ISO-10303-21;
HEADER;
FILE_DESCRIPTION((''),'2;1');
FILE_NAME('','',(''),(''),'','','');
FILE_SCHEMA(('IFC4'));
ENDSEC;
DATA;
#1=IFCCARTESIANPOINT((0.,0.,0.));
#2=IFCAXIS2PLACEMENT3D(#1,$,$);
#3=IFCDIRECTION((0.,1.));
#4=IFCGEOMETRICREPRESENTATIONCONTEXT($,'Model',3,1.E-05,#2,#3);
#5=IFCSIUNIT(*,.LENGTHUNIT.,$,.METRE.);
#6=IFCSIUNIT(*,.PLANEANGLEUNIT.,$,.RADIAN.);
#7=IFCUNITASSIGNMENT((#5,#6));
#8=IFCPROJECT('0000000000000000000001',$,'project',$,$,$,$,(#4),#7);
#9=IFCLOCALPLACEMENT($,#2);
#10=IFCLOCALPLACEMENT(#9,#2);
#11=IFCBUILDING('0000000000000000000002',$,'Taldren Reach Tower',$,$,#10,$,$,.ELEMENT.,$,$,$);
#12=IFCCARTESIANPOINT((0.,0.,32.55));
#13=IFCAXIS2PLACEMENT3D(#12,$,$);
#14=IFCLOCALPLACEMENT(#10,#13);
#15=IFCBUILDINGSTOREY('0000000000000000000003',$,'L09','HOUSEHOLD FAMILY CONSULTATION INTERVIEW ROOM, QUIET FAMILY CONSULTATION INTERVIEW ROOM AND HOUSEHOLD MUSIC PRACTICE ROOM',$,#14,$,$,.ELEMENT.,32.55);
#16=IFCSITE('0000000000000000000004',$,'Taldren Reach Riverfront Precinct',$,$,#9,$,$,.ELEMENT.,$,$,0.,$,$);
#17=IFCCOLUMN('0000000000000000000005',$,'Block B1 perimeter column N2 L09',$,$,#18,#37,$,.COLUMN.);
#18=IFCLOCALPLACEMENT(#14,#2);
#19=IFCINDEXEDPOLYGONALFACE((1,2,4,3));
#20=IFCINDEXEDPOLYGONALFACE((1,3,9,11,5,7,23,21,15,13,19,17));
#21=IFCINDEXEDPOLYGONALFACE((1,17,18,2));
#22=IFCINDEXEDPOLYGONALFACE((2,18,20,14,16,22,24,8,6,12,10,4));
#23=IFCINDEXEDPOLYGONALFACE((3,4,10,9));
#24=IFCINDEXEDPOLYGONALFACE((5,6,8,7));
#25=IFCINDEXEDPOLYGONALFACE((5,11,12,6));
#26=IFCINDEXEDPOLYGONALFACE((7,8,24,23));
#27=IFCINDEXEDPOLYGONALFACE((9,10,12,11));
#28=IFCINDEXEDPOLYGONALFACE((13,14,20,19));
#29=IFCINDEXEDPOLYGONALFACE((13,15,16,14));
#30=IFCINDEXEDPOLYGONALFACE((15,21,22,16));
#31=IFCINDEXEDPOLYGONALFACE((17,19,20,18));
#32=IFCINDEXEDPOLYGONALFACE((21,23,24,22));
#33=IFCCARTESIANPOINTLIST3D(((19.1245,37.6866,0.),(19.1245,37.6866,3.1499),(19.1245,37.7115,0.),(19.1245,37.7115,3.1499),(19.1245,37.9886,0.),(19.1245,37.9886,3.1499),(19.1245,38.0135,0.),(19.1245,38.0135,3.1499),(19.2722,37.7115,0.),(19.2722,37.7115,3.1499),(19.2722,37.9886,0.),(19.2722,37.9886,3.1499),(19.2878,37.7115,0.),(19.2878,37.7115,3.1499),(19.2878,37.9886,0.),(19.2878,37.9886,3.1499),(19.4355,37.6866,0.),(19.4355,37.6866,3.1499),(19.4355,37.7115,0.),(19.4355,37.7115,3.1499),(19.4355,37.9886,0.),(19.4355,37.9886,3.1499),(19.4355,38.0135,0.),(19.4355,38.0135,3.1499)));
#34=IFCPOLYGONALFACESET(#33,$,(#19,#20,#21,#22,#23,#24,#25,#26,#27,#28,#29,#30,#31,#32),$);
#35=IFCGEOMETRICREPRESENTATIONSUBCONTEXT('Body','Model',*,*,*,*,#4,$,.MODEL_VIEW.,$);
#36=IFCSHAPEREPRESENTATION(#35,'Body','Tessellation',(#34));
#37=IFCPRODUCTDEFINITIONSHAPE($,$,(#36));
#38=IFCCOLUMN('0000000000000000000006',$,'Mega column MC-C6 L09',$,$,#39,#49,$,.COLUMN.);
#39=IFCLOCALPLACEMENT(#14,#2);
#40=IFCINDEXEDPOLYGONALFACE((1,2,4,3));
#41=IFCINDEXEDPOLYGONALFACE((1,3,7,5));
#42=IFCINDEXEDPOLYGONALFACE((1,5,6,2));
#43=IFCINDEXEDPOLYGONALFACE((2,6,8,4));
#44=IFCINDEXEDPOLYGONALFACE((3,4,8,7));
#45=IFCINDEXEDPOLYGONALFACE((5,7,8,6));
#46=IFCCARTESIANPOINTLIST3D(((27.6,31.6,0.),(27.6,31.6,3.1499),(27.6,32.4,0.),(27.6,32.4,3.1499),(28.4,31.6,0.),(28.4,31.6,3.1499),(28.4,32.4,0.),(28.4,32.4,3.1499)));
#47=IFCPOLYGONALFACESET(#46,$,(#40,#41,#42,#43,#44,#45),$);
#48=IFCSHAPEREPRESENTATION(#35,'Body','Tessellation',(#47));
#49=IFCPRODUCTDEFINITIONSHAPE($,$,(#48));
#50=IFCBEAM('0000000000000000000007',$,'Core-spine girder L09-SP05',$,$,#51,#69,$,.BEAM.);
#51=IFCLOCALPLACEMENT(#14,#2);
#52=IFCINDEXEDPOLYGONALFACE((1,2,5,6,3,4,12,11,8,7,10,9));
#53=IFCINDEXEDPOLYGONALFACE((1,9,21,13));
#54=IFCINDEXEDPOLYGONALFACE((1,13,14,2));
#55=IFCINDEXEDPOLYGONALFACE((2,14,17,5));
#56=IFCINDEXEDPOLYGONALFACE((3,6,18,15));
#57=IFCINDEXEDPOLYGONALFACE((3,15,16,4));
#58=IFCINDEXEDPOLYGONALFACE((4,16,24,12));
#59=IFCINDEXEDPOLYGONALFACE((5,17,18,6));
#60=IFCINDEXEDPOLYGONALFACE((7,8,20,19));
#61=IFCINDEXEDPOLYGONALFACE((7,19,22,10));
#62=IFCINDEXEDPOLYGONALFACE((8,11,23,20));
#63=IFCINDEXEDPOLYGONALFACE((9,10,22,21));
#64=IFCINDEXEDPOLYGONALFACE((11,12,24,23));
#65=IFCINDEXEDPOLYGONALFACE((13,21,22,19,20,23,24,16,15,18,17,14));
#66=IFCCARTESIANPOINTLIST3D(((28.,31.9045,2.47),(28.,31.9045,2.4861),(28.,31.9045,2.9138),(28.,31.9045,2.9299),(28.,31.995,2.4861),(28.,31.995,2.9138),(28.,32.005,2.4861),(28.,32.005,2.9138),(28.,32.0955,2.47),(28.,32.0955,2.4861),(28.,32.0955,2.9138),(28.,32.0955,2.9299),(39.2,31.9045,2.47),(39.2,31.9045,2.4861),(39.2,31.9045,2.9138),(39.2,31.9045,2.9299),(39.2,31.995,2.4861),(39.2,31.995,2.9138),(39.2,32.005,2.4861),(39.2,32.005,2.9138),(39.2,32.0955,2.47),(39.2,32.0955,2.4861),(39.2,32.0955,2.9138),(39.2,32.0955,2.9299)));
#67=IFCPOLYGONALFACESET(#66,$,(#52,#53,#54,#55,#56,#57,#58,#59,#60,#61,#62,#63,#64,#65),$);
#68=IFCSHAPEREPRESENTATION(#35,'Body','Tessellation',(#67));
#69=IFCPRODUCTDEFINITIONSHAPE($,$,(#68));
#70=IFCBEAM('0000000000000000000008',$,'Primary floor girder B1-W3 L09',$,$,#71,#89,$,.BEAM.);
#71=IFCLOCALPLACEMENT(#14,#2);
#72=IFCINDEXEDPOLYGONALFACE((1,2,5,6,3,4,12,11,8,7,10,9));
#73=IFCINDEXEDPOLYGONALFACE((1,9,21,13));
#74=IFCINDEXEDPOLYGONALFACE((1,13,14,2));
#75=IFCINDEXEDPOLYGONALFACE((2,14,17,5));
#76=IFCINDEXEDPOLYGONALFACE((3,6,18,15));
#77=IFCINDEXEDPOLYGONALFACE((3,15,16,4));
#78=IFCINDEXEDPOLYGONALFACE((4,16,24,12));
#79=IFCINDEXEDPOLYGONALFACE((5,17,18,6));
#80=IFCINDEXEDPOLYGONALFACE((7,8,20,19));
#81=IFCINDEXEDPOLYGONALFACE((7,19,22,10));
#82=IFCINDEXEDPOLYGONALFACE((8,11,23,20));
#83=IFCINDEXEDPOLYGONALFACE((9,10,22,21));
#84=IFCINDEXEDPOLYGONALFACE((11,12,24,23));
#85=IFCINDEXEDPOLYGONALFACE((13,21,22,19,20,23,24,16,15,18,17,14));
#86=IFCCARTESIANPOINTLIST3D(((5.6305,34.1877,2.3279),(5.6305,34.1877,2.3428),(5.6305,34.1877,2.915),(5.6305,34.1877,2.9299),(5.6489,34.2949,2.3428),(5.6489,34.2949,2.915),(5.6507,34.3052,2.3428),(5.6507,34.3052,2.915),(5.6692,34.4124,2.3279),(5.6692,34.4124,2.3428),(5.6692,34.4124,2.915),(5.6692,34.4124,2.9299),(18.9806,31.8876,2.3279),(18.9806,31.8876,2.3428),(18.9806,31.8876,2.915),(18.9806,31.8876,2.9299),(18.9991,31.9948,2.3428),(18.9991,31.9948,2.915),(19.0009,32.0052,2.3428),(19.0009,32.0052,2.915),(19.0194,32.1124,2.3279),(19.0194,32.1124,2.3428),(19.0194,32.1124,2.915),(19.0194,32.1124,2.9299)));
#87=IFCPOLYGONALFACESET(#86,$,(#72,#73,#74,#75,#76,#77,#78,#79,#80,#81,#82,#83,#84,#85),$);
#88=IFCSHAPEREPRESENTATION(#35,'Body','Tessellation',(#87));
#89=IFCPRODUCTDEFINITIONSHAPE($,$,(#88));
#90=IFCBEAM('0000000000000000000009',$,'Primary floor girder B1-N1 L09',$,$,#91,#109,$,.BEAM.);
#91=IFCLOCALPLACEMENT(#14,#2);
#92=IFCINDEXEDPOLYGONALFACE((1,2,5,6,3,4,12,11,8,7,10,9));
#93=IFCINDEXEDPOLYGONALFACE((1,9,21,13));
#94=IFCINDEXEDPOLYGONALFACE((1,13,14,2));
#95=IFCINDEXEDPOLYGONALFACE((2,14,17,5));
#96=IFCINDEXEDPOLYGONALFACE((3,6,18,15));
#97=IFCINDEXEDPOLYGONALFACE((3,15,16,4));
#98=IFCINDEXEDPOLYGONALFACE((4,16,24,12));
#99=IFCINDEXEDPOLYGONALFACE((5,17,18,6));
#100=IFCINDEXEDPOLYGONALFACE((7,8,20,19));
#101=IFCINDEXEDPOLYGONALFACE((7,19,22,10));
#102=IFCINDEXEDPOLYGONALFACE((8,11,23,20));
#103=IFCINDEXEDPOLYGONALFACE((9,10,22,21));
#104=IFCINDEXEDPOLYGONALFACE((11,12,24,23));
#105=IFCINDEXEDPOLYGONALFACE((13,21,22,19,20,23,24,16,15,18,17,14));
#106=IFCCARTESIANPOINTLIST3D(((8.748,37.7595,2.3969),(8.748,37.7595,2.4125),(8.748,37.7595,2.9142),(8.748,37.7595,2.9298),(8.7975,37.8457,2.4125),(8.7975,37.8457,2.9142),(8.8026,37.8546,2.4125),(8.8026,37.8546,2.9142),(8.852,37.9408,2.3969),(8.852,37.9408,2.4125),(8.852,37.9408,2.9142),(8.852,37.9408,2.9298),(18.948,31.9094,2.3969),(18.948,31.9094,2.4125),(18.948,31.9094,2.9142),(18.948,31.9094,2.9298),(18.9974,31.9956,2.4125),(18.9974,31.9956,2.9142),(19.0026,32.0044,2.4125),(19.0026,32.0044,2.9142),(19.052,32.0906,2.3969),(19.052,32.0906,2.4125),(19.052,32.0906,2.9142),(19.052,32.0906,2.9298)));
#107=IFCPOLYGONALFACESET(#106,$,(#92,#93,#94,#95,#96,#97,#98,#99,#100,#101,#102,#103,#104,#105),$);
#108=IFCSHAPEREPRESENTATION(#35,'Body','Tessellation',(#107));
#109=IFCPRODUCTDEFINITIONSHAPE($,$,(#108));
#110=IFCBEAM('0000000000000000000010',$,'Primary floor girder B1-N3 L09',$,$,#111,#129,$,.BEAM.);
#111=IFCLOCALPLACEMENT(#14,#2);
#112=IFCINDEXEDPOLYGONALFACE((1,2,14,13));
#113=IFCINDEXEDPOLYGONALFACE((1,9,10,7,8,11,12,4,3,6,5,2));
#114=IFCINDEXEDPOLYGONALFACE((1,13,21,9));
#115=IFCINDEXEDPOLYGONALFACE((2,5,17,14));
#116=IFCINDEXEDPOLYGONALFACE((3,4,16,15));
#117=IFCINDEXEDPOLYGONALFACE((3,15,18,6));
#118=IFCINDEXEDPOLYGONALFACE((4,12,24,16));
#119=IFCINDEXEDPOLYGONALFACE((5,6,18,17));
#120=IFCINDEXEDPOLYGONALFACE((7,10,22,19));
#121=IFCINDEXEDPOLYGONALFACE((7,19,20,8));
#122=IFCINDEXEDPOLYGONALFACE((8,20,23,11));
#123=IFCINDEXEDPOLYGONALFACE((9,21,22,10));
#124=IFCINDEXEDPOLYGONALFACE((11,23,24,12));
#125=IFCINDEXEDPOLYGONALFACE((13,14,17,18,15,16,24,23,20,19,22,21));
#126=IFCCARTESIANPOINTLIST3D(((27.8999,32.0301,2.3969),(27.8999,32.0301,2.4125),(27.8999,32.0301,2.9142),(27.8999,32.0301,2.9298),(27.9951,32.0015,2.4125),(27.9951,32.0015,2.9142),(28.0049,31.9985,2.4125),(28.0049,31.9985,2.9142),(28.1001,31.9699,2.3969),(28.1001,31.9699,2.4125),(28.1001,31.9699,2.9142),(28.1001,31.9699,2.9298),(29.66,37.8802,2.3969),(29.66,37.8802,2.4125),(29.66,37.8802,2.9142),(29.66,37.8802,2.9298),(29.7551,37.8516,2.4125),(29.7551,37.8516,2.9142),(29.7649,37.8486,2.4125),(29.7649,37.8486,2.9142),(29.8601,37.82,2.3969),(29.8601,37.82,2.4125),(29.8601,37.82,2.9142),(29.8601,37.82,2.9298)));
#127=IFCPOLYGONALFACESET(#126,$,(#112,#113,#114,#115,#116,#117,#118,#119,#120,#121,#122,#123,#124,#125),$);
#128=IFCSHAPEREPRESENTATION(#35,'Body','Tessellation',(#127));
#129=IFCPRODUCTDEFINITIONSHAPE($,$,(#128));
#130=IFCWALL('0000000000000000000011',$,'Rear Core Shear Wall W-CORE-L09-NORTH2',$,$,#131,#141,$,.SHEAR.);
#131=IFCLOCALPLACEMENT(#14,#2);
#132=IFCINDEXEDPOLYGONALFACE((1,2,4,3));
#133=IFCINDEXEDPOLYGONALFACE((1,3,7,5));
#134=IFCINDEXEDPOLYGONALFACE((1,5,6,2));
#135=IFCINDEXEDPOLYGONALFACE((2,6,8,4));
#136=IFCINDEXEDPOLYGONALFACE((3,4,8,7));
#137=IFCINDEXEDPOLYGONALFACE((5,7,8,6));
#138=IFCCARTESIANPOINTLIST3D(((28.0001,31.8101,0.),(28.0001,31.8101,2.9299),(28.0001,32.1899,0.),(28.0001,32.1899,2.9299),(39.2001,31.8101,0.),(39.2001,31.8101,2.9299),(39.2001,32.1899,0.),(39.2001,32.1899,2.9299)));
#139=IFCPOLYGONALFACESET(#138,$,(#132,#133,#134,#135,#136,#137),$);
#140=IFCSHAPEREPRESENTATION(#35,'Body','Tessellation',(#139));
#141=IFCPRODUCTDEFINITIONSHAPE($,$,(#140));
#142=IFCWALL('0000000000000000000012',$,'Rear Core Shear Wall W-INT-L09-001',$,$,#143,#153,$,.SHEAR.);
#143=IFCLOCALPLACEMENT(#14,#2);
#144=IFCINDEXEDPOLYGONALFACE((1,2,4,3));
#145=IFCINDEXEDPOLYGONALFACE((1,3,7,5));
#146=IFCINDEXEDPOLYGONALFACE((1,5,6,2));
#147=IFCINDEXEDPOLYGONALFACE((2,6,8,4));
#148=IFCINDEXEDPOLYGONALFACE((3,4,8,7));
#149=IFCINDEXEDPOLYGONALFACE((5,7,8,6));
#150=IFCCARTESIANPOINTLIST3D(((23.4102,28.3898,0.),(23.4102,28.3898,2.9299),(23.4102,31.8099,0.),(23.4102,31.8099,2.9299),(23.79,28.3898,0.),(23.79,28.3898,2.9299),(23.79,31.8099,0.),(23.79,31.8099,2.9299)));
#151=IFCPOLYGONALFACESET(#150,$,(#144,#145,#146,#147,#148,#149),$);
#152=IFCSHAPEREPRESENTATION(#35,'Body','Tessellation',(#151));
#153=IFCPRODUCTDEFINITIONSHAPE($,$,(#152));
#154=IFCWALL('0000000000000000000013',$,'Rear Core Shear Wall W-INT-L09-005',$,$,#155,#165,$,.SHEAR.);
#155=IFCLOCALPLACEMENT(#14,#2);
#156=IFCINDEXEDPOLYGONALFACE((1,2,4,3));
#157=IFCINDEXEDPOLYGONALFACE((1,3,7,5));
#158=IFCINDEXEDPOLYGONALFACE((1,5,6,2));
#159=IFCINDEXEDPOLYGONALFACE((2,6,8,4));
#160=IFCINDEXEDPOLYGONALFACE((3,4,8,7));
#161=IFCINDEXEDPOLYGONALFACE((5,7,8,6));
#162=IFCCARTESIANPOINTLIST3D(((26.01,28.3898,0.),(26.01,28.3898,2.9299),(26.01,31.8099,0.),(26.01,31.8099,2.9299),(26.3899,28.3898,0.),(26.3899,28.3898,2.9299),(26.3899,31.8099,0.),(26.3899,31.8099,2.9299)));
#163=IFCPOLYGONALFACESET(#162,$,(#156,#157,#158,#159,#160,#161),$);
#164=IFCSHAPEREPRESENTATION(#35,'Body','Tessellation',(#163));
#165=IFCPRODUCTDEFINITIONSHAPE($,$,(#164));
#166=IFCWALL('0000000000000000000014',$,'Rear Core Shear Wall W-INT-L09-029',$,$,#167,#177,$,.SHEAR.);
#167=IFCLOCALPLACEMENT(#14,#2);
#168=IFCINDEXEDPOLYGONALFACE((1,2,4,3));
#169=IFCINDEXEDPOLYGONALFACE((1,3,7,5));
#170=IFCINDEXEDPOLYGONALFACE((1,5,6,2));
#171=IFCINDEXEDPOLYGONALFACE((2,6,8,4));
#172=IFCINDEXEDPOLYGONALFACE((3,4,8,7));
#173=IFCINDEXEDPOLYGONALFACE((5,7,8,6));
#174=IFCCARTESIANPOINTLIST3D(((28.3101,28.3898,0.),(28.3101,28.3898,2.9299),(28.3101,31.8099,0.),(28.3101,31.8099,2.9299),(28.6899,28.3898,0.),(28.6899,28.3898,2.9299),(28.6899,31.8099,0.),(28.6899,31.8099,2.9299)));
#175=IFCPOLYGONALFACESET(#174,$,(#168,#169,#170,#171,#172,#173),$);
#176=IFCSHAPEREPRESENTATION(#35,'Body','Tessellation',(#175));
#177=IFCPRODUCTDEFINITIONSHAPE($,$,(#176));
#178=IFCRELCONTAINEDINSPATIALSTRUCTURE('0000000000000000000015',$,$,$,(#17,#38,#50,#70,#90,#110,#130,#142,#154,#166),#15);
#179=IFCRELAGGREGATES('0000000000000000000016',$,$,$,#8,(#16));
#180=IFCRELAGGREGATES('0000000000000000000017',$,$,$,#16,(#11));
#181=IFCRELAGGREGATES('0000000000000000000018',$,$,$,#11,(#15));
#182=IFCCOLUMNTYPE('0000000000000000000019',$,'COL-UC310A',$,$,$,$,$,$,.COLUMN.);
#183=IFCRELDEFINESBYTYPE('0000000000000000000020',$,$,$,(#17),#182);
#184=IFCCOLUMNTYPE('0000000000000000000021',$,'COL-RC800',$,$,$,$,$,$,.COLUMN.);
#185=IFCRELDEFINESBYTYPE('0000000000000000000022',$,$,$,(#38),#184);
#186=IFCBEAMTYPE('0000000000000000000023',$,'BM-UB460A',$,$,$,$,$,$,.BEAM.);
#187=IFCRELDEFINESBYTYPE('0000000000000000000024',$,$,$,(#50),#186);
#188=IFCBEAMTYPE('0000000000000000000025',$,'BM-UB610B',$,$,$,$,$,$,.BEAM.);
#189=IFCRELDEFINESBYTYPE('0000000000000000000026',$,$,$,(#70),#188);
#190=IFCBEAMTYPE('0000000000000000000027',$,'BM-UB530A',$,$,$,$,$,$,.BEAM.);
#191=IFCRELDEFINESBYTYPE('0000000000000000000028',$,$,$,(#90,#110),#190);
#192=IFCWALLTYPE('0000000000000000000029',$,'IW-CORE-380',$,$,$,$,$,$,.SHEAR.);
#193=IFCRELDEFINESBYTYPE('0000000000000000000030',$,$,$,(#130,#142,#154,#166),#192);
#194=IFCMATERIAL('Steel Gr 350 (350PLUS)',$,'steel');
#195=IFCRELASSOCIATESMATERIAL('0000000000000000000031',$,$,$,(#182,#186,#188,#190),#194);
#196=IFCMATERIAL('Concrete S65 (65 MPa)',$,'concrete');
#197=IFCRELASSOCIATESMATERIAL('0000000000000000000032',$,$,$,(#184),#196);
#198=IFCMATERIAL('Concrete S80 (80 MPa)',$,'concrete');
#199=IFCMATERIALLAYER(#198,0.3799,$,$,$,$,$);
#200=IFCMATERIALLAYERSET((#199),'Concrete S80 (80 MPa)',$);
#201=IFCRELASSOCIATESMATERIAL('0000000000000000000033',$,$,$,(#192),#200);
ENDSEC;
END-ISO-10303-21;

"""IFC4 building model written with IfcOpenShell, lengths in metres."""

from ifc_helpers import new_model, si_unit, direction, frame, frame_2d, origin, origin_2d, place, context, subcontext, project, spatial, rectangle, i_section, extrude, source, transform, mapped, material, layer, layer_set, material_profile, profile_set, type_object, element, save


model = new_model("IFC4")

# Units and contexts
model_context = context("Model", 3, precision=1e-05, world=origin(), true_north=direction((0.0, 1.0)))
body_context = subcontext(model_context, "Body", "Model", "MODEL_VIEW")
ifc_project = project(units=[si_unit("LENGTHUNIT", "METRE"), si_unit("PLANEANGLEUNIT", "RADIAN")], contexts=[model_context])

# Site, building, storey
site_placement = place(None, origin())
site = spatial("IfcSite", under=ifc_project, at=site_placement, Name="Taldren Reach Riverfront Precinct", CompositionType="ELEMENT", RefElevation=0.0)
building_placement = place(site_placement, origin())
building = spatial("IfcBuilding", under=site, at=building_placement, Name="Taldren Reach Tower", CompositionType="ELEMENT")
storey_placement = place(building_placement, frame((0.0, 0.0, 32.55)))
storey = spatial("IfcBuildingStorey", under=building, at=storey_placement, Name="L09", Description="HOUSEHOLD FAMILY CONSULTATION INTERVIEW ROOM, QUIET FAMILY CONSULTATION INTERVIEW ROOM AND HOUSEHOLD MUSIC PRACTICE ROOM", CompositionType="ELEMENT", Elevation=32.55)

# Columns
ifc_material_1 = material(Name="Steel Gr 350 (350PLUS)", Category="steel")
ifc_material_profile_1 = material_profile(ifc_material_1, i_section(OverallWidth=0.311, OverallDepth=0.3269, WebThickness=0.0156, FlangeThickness=0.0249, at=origin_2d()), Name="310UC158")
ifc_profile_set_1 = profile_set([ifc_material_profile_1], Name="Steel Gr 350 (350PLUS)")
column_type_1 = type_object("IfcColumnType", Name="COL-UC310A", PredefinedType="COLUMN", material=ifc_profile_set_1)
shared_shape_1 = source(origin(), body_context, "Body", "SweptSolid", [
    extrude(i_section(OverallWidth=0.311, OverallDepth=0.3269, WebThickness=0.0156, FlangeThickness=0.0249, at=origin_2d()), origin(), (0.0, 0.0, 1.0), 3.1499),
])
column_1_placement = place(storey_placement, frame((19.28, 37.8501, 0.0), z_axis=(0.0, 0.0, 1.0), x_axis=(1.0, 0.0, 0.0)))
element("IfcColumn", 1, at=column_1_placement, inside=storey, type_object=column_type_1, Name="Block B1 perimeter column N2 L09", PredefinedType="COLUMN", context=body_context, shape_type="MappedRepresentation", body=[
    mapped(shared_shape_1, transform((0.0, 0.0, 0.0), scale=1.0)),
])
ifc_material_2 = material(Name="Concrete S65 (65 MPa)", Category="concrete")
ifc_material_profile_2 = material_profile(ifc_material_2, rectangle(XDim=0.8, YDim=0.8, at=origin_2d()), Name="RC-800x800")
ifc_profile_set_2 = profile_set([ifc_material_profile_2], Name="Concrete S65 (65 MPa)")
column_type_2 = type_object("IfcColumnType", Name="COL-RC800", PredefinedType="COLUMN", material=ifc_profile_set_2)
shared_shape_2 = source(origin(), body_context, "Body", "SweptSolid", [
    extrude(rectangle(XDim=0.8, YDim=0.8, at=origin_2d()), origin(), (0.0, 0.0, 1.0), 3.1499),
])
column_2_placement = place(storey_placement, frame((28.0, 32.0, 0.0), z_axis=(0.0, 0.0, 1.0), x_axis=(1.0, 0.0, 0.0)))
element("IfcColumn", 2, at=column_2_placement, inside=storey, type_object=column_type_2, Name="Mega column MC-C6 L09", PredefinedType="COLUMN", context=body_context, shape_type="MappedRepresentation", body=[
    mapped(shared_shape_2, transform((0.0, 0.0, 0.0), scale=1.0)),
])

# Beams
ifc_material_profile_3 = material_profile(ifc_material_1, i_section(OverallWidth=0.1909, OverallDepth=0.46, WebThickness=0.01, FlangeThickness=0.0161, at=origin_2d()), Name="460UB82.1")
ifc_profile_set_3 = profile_set([ifc_material_profile_3], Name="Steel Gr 350 (350PLUS)")
beam_type_1 = type_object("IfcBeamType", Name="BM-UB460A", PredefinedType="BEAM", material=ifc_profile_set_3)
shared_shape_3 = source(origin(), body_context, "Body", "SweptSolid", [
    extrude(i_section(OverallWidth=0.1909, OverallDepth=0.46, WebThickness=0.01, FlangeThickness=0.0161, at=origin_2d()), origin(), (0.0, 0.0, 1.0), 11.2),
])
beam_1_placement = place(storey_placement, frame((28.0, 32.0, 2.7), z_axis=(1.0, 0.0, 0.0), x_axis=(0.0, 1.0, 0.0)))
element("IfcBeam", 3, at=beam_1_placement, inside=storey, type_object=beam_type_1, Name="Core-spine girder L09-SP05", PredefinedType="BEAM", context=body_context, shape_type="MappedRepresentation", body=[
    mapped(shared_shape_3, transform((0.0, 0.0, 0.0), scale=1.0)),
])
ifc_material_profile_4 = material_profile(ifc_material_1, i_section(OverallWidth=0.228, OverallDepth=0.6021, WebThickness=0.0105, FlangeThickness=0.0149, at=origin_2d()), Name="610UB101")
ifc_profile_set_4 = profile_set([ifc_material_profile_4], Name="Steel Gr 350 (350PLUS)")
beam_type_2 = type_object("IfcBeamType", Name="BM-UB610B", PredefinedType="BEAM", material=ifc_profile_set_4)
shared_shape_4 = source(origin(), body_context, "Body", "SweptSolid", [
    extrude(i_section(OverallWidth=0.228, OverallDepth=0.6021, WebThickness=0.0105, FlangeThickness=0.0149, at=origin_2d()), origin(), (0.0, 0.0, 1.0), 13.5469),
])
beam_2_placement = place(storey_placement, frame((19.0, 32.0, 2.6289), z_axis=(-0.985481, 0.169786, 0.0), x_axis=(-0.169786, -0.985481, 0.0)))
element("IfcBeam", 4, at=beam_2_placement, inside=storey, type_object=beam_type_2, Name="Primary floor girder B1-W3 L09", PredefinedType="BEAM", context=body_context, shape_type="MappedRepresentation", body=[
    mapped(shared_shape_4, transform((0.0, 0.0, 0.0), scale=1.0)),
])
ifc_material_profile_5 = material_profile(ifc_material_1, i_section(OverallWidth=0.209, OverallDepth=0.533, WebThickness=0.0103, FlangeThickness=0.0156, at=origin_2d()), Name="530UB92.4")
ifc_profile_set_5 = profile_set([ifc_material_profile_5], Name="Steel Gr 350 (350PLUS)")
beam_type_3 = type_object("IfcBeamType", Name="BM-UB530A", PredefinedType="BEAM", material=ifc_profile_set_5)
shared_shape_5 = source(origin(), body_context, "Body", "SweptSolid", [
    extrude(i_section(OverallWidth=0.209, OverallDepth=0.533, WebThickness=0.0103, FlangeThickness=0.0156, at=origin_2d()), origin(), (0.0, 0.0, 1.0), 11.7585),
])
beam_3_placement = place(storey_placement, frame((19.0, 32.0, 2.6633), z_axis=(-0.867452, 0.49752, 0.0), x_axis=(-0.49752, -0.867452, 0.0)))
element("IfcBeam", 5, at=beam_3_placement, inside=storey, type_object=beam_type_3, Name="Primary floor girder B1-N1 L09", PredefinedType="BEAM", context=body_context, shape_type="MappedRepresentation", body=[
    mapped(shared_shape_5, transform((0.0, 0.0, 0.0), scale=1.0)),
])
shared_shape_6 = source(origin(), body_context, "Body", "SweptSolid", [
    extrude(i_section(OverallWidth=0.209, OverallDepth=0.533, WebThickness=0.0103, FlangeThickness=0.0156, at=origin_2d()), origin(), (0.0, 0.0, 1.0), 6.1091),
])
beam_4_placement = place(storey_placement, frame((28.0, 32.0, 2.6633), z_axis=(0.288096, 0.957602, 0.0), x_axis=(-0.957602, 0.288096, 0.0)))
element("IfcBeam", 6, at=beam_4_placement, inside=storey, type_object=beam_type_3, Name="Primary floor girder B1-N3 L09", PredefinedType="BEAM", context=body_context, shape_type="MappedRepresentation", body=[
    mapped(shared_shape_6, transform((0.0, 0.0, 0.0), scale=1.0)),
])

# Walls
ifc_material_3 = material(Name="Concrete S80 (80 MPa)", Category="concrete")
ifc_layer_1 = layer(ifc_material_3, 0.3799)
ifc_layer_set_1 = layer_set([ifc_layer_1], Name="Concrete S80 (80 MPa)")
wall_type = type_object("IfcWallType", Name="IW-CORE-380", PredefinedType="SHEAR", material=ifc_layer_set_1)
shared_shape_7 = source(origin(), body_context, "Body", "SweptSolid", [
    extrude(rectangle(XDim=11.2, YDim=0.3799, at=frame_2d((5.6001, 0.0))), origin(), (0.0, 0.0, 1.0), 2.9299),
])
wall_1_placement = place(storey_placement, frame((28.0, 32.0, 0.0), z_axis=(0.0, 0.0, 1.0), x_axis=(1.0, 0.0, 0.0)))
element("IfcWall", 7, at=wall_1_placement, inside=storey, type_object=wall_type, Name="Rear Core Shear Wall W-CORE-L09-NORTH2", PredefinedType="SHEAR", context=body_context, shape_type="MappedRepresentation", body=[
    mapped(shared_shape_7, transform((0.0, 0.0, 0.0), scale=1.0)),
])
shared_shape_8 = source(origin(), body_context, "Body", "SweptSolid", [
    extrude(rectangle(XDim=3.4202, YDim=0.3799, at=frame_2d((1.71, 0.0))), origin(), (0.0, 0.0, 1.0), 2.9299),
])
for number, where, z_axis, x_axis, name in (
    (8, (23.6001, 28.3899, 0.0), (0.0, 0.0, 1.0), (0.0, 1.0, 0.0), "Rear Core Shear Wall W-INT-L09-001"),
    (9, (26.2, 28.3899, 0.0), (0.0, 0.0, 1.0), (0.0, 1.0, 0.0), "Rear Core Shear Wall W-INT-L09-005"),
    (10, (28.5, 28.3899, 0.0), (0.0, 0.0, 1.0), (0.0, 1.0, 0.0), "Rear Core Shear Wall W-INT-L09-029"),
):
    element("IfcWall", number, at=place(storey_placement, frame(where, z_axis=z_axis, x_axis=x_axis)), inside=storey, type_object=wall_type, Name=name, PredefinedType="SHEAR", context=body_context, shape_type="MappedRepresentation", body=[
        mapped(shared_shape_8, transform((0.0, 0.0, 0.0), scale=1.0)),
    ])

save(model, "model.ifc")
